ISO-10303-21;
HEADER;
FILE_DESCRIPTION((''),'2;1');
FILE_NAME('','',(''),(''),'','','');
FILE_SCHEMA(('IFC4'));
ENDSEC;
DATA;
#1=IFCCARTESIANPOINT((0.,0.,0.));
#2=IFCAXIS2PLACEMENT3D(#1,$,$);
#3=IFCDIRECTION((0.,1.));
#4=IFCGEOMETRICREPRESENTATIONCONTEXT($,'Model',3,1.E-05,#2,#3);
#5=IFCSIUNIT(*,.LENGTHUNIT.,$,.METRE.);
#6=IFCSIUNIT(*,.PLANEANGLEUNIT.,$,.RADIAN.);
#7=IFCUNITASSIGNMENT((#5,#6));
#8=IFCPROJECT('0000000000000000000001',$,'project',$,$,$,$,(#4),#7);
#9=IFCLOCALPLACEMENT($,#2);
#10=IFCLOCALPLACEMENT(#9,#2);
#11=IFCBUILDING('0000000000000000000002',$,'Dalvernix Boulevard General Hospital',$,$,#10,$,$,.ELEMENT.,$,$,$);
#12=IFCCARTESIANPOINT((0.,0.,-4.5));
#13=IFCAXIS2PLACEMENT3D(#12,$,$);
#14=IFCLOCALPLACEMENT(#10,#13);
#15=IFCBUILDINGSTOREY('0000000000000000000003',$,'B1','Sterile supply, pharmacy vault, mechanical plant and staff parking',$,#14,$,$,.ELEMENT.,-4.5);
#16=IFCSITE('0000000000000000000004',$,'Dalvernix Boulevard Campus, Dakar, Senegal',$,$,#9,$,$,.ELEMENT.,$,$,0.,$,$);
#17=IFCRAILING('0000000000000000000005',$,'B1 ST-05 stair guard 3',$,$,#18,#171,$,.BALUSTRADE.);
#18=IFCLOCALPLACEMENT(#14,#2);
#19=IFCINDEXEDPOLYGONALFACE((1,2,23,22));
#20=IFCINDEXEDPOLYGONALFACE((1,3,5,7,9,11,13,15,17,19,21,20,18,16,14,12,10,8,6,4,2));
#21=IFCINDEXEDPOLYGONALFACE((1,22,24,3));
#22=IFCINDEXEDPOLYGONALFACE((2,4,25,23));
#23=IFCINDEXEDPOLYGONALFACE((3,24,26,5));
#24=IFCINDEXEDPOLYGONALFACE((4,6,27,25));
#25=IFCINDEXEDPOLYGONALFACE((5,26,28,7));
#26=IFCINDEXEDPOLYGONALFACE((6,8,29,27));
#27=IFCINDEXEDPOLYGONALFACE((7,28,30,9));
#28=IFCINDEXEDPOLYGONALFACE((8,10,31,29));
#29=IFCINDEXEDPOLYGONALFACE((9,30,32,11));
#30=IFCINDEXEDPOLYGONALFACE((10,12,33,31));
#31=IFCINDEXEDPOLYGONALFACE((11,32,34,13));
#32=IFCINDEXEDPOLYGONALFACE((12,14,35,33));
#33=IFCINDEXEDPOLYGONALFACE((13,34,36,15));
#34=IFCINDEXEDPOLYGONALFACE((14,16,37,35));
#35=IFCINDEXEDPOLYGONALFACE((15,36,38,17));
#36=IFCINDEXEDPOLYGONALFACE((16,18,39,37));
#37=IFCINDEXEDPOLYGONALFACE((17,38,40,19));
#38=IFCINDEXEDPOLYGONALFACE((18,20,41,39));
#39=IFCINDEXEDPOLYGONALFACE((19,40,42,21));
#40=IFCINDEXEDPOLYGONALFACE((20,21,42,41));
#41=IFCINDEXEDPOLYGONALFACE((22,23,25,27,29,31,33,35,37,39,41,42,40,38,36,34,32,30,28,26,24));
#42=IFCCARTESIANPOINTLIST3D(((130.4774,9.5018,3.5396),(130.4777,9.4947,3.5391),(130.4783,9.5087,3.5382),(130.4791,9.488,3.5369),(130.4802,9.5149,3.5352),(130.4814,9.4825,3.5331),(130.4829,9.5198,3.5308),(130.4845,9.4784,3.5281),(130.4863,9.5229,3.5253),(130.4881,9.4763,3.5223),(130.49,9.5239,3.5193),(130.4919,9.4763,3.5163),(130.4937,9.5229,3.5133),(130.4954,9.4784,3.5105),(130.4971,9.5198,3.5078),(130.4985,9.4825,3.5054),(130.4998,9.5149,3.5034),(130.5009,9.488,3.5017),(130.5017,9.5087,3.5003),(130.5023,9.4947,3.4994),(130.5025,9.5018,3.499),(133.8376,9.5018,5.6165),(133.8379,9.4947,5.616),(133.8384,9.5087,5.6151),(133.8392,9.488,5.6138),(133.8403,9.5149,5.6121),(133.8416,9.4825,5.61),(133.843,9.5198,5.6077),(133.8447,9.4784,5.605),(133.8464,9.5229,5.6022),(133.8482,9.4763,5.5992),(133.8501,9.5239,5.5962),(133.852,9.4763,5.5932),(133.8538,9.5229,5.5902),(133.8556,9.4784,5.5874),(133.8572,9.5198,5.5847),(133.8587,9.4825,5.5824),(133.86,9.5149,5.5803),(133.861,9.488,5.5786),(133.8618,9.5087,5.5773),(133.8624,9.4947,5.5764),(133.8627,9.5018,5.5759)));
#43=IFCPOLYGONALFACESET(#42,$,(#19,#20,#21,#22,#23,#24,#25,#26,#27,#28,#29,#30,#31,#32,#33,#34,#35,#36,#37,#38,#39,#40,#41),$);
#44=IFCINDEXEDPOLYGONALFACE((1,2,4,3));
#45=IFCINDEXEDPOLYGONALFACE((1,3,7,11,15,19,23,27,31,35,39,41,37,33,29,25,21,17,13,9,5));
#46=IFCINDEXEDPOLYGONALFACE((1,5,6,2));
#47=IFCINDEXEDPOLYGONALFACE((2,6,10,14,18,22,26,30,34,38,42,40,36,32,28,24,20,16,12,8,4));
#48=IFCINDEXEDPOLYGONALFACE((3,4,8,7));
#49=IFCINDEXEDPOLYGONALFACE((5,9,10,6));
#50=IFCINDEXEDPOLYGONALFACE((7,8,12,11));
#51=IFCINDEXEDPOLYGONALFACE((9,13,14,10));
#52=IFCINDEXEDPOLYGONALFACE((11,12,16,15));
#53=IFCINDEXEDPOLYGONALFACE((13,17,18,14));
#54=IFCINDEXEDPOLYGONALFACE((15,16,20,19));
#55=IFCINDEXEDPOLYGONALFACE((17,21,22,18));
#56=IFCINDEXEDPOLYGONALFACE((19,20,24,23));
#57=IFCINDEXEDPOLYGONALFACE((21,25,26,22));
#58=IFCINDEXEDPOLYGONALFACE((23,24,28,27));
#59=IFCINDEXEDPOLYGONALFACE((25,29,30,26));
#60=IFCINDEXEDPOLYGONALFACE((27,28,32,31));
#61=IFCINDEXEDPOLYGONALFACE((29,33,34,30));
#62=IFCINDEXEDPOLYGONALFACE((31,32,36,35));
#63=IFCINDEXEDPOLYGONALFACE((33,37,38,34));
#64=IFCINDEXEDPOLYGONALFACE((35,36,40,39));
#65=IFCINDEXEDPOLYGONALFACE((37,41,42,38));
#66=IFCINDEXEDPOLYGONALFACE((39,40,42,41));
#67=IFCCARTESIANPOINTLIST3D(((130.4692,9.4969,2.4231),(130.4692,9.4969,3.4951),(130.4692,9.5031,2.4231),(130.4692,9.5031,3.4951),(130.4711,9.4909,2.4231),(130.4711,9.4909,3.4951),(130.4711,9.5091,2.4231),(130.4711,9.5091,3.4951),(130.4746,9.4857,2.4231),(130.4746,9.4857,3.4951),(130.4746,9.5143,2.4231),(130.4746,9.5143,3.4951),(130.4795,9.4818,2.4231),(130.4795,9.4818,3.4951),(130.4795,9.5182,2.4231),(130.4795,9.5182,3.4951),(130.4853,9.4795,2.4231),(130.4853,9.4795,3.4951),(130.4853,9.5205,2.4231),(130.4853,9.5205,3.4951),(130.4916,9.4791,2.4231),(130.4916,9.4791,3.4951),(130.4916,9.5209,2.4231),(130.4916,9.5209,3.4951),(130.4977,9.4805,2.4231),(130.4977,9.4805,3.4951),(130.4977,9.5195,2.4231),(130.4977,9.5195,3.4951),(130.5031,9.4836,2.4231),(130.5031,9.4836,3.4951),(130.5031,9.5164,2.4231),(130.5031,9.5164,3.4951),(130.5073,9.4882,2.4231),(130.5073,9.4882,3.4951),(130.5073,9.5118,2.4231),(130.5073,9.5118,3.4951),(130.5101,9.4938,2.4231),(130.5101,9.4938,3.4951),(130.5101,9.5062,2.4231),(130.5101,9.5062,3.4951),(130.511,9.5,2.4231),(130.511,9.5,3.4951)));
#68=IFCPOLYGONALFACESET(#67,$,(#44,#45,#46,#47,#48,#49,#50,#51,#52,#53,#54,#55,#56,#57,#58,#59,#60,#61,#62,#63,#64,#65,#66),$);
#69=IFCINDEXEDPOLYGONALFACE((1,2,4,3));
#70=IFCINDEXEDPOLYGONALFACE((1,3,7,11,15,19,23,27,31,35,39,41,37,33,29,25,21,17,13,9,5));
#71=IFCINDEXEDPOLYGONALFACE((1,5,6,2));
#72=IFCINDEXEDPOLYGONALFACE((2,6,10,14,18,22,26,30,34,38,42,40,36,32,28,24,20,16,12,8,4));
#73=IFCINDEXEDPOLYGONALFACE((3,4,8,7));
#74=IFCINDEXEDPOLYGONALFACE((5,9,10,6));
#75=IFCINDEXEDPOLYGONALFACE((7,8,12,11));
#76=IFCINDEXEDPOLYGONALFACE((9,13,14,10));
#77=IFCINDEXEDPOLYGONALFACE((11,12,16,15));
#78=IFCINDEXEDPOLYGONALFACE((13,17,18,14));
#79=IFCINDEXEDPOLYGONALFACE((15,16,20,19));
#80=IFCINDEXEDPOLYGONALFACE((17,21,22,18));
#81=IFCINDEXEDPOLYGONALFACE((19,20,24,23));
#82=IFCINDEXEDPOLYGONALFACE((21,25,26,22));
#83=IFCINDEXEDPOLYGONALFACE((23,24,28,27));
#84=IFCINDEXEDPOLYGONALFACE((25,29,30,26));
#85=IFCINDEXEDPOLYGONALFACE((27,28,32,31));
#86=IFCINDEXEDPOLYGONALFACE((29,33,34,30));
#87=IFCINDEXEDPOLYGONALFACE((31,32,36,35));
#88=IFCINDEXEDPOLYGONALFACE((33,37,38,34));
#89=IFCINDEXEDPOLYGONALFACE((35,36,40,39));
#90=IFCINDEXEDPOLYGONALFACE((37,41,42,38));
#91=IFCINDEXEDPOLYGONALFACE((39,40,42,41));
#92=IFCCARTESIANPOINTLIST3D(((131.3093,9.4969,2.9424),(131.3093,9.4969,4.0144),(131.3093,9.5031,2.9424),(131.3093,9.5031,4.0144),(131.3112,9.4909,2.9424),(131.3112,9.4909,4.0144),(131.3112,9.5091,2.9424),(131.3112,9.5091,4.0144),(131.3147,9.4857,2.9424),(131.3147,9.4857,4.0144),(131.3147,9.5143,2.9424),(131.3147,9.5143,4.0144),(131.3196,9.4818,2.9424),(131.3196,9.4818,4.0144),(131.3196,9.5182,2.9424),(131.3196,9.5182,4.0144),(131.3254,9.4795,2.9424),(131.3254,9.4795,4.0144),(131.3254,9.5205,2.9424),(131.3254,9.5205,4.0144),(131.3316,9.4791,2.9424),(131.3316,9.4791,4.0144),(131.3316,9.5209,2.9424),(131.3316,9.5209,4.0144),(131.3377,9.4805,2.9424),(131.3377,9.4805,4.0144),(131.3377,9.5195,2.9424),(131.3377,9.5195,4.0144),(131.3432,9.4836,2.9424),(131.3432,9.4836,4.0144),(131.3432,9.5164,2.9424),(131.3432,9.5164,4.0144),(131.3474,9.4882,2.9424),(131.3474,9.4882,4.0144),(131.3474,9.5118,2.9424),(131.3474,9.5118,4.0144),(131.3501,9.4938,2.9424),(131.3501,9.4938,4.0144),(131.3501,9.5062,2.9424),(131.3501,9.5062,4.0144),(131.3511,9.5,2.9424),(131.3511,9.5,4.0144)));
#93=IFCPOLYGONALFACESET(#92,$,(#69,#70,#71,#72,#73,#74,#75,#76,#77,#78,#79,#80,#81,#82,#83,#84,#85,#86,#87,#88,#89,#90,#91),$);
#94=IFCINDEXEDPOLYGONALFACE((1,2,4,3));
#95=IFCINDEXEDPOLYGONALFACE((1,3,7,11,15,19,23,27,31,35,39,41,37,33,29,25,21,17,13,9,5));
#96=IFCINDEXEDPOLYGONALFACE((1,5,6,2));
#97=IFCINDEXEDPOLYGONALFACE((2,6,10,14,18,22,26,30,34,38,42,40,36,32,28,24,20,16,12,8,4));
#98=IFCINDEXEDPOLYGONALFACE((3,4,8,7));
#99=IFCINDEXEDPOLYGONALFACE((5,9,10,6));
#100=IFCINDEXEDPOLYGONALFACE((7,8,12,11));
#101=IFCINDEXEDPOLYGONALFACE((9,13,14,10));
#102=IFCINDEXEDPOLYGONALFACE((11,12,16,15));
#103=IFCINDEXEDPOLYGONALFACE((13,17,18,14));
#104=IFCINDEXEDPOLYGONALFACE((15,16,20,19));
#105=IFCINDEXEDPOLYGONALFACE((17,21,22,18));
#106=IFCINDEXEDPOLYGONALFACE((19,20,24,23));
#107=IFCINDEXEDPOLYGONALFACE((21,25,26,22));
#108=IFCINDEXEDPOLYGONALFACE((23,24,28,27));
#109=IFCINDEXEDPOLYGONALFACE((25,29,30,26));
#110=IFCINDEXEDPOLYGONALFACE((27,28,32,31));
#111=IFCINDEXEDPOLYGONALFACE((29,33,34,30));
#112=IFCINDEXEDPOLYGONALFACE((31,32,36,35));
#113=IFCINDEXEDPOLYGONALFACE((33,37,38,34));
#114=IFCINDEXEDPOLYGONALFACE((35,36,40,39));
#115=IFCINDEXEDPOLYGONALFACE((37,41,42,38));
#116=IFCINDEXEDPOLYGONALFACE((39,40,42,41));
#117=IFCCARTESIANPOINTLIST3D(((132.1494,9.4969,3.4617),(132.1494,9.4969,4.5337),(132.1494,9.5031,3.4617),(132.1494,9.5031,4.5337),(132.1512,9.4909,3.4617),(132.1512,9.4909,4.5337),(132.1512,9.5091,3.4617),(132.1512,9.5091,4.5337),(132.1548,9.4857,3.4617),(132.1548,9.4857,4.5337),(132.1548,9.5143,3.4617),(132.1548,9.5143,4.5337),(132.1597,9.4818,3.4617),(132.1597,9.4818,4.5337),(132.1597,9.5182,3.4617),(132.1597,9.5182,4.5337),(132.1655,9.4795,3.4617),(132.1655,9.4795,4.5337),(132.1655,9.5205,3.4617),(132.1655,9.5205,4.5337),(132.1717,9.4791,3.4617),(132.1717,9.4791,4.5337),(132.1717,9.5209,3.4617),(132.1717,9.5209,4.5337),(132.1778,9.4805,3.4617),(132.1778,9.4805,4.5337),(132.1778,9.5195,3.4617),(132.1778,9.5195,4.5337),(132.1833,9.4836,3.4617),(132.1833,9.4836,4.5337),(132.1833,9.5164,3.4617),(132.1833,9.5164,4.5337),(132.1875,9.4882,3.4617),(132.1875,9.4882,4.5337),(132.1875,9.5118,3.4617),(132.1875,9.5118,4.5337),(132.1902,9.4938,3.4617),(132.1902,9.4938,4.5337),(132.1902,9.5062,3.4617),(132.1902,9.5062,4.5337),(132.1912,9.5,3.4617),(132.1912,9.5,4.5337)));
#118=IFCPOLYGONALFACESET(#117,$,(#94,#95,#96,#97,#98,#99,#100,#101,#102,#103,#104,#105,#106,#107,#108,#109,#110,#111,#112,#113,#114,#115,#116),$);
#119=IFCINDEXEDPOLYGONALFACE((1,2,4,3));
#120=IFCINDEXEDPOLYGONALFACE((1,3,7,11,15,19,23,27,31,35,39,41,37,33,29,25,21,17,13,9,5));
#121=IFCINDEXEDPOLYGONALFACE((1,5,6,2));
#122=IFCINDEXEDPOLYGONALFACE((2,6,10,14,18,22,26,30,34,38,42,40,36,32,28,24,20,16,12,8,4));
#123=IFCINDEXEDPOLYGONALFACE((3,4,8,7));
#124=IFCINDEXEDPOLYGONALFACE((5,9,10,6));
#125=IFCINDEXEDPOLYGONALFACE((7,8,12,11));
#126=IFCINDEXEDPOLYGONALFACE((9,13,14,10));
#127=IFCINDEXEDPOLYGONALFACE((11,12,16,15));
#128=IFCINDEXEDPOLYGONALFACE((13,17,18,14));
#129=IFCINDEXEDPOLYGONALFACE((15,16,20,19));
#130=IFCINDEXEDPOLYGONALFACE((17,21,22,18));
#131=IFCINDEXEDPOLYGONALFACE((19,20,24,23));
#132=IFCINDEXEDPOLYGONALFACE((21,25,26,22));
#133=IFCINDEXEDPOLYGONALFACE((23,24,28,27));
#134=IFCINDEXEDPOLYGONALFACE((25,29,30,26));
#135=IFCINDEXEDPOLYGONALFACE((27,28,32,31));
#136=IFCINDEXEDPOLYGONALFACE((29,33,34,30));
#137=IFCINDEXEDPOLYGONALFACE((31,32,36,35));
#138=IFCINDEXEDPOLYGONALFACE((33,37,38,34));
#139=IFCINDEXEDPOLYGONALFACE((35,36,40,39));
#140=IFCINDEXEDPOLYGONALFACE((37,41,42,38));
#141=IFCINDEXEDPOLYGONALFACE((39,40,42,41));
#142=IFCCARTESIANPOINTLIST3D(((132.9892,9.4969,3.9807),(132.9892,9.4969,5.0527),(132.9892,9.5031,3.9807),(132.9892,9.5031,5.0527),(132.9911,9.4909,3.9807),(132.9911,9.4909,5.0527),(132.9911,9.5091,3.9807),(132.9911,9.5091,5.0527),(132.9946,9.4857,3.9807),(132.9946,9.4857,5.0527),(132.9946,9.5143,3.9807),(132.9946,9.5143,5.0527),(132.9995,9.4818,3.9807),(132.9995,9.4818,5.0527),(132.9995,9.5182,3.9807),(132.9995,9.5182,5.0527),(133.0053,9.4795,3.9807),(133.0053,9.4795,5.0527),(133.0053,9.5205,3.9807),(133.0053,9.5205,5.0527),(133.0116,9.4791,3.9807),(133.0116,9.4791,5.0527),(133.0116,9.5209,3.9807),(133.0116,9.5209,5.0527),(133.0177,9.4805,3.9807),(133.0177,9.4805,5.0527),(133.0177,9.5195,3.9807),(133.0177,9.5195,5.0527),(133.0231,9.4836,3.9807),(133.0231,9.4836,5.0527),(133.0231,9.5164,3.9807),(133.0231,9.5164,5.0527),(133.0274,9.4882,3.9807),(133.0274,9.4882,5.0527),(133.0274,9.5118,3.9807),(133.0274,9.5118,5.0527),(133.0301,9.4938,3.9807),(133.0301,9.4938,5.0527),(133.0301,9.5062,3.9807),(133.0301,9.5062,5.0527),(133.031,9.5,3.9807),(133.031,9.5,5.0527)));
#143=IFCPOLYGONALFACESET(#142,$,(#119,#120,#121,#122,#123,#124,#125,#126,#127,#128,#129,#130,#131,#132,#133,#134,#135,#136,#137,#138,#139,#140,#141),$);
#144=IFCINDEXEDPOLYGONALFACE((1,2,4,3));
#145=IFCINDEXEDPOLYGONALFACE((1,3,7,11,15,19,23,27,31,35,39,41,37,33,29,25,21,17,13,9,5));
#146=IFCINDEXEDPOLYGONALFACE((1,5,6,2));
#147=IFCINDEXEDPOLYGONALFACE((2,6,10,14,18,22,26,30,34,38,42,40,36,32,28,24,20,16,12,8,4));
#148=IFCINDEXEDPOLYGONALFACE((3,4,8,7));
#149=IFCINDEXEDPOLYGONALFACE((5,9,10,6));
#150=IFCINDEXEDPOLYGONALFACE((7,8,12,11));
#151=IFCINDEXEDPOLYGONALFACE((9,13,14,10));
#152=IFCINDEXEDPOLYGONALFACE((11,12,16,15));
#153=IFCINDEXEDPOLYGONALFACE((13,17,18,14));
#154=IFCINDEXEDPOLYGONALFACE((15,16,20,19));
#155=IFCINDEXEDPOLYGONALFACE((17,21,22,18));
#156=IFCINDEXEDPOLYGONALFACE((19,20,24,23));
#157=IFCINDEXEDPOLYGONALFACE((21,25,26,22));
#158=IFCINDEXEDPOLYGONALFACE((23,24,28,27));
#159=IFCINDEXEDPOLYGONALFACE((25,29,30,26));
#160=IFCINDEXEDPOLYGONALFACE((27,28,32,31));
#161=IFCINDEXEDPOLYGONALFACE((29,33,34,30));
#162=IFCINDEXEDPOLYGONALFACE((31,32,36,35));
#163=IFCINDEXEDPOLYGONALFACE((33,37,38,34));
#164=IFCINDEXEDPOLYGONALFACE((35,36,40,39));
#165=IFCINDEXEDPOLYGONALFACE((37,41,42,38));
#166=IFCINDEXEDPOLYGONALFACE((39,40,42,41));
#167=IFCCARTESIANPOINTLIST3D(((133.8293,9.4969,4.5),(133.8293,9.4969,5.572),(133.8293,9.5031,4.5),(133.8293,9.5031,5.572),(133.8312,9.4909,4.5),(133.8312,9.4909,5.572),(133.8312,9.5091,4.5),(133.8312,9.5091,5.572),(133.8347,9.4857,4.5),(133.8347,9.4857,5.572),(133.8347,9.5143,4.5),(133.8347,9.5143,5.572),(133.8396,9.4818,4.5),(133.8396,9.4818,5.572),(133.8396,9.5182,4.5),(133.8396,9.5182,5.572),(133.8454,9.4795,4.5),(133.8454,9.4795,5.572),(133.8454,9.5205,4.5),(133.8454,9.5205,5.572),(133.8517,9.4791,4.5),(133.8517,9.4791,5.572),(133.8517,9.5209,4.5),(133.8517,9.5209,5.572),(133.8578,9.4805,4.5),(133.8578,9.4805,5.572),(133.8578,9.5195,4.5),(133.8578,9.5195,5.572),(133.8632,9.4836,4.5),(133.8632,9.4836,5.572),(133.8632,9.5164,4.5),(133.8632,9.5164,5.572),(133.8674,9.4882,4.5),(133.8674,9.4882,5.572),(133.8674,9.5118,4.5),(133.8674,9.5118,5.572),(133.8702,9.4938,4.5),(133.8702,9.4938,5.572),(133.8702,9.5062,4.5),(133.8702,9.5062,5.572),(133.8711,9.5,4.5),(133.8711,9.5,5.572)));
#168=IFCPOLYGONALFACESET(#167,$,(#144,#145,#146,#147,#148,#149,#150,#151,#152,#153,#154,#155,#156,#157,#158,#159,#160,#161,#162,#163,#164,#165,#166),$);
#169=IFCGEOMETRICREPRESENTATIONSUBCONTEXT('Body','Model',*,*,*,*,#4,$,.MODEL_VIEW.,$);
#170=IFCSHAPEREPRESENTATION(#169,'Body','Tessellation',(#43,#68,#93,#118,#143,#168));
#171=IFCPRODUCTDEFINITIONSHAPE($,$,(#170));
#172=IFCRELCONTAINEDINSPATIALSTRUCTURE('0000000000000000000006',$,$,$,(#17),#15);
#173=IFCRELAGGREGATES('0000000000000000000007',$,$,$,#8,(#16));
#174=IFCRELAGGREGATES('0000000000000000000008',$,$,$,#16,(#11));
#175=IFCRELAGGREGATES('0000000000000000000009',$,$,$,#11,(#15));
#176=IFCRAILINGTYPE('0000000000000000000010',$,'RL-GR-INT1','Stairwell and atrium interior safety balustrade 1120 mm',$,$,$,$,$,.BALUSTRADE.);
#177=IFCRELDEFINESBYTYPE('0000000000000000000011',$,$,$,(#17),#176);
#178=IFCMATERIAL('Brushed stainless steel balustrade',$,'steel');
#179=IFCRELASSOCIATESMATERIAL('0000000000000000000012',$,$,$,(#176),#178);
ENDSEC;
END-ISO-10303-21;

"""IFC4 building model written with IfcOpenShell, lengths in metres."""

from ifc_helpers import new_model, si_unit, direction, frame, origin, origin_2d, place, context, subcontext, project, spatial, circle, extrude, material, type_object, element, save


model = new_model("IFC4")

# Units and contexts
model_context = context("Model", 3, precision=1e-05, world=origin(), true_north=direction((0.0, 1.0)))
body_context = subcontext(model_context, "Body", "Model", "MODEL_VIEW")
ifc_project = project(units=[si_unit("LENGTHUNIT", "METRE"), si_unit("PLANEANGLEUNIT", "RADIAN")], contexts=[model_context])

# Site, building, storey
site_placement = place(None, origin())
site = spatial("IfcSite", under=ifc_project, at=site_placement, Name="Dalvernix Boulevard Campus, Dakar, Senegal", CompositionType="ELEMENT", RefElevation=0.0)
building_placement = place(site_placement, origin())
building = spatial("IfcBuilding", under=site, at=building_placement, Name="Dalvernix Boulevard General Hospital", CompositionType="ELEMENT")
storey_placement = place(building_placement, frame((0.0, 0.0, -4.5)))
storey = spatial("IfcBuildingStorey", under=building, at=storey_placement, Name="B1", Description="Sterile supply, pharmacy vault, mechanical plant and staff parking", CompositionType="ELEMENT", Elevation=-4.5)

# Railing
ifc_material_1 = material(Name="Brushed stainless steel balustrade", Category="steel")
railing_type_1 = type_object("IfcRailingType", Name="RL-GR-INT1", Description="Stairwell and atrium interior safety balustrade 1120 mm", PredefinedType="BALUSTRADE", material=ifc_material_1)
railing_1_placement = place(storey_placement, frame((130.49, 9.5, 2.4231)))
element("IfcRailing", 1, at=railing_1_placement, inside=storey, type_object=railing_type_1, Name="B1 ST-05 stair guard 3", PredefinedType="BALUSTRADE", context=body_context, shape_type="SweptSolid", body=[
    extrude(circle(Radius=0.0239, at=origin_2d()), frame((0.0, 0.0, 1.0962), z_axis=(0.850623, 0.0, 0.525776), x_axis=(0.0, 1.0, 0.0)), (0.0, 0.0, 1.0), 3.9502),
    extrude(circle(Radius=0.021, at=origin_2d()), origin(), (0.0, 0.0, 1.0), 1.072),
    extrude(circle(Radius=0.021, at=origin_2d()), frame((0.8401, 0.0, 0.5193)), (0.0, 0.0, 1.0), 1.072),
    extrude(circle(Radius=0.021, at=origin_2d()), frame((1.6802, 0.0, 1.0386)), (0.0, 0.0, 1.0), 1.072),
    extrude(circle(Radius=0.021, at=origin_2d()), frame((2.52, 0.0, 1.5576)), (0.0, 0.0, 1.0), 1.072),
    extrude(circle(Radius=0.021, at=origin_2d()), frame((3.3601, 0.0, 2.0769)), (0.0, 0.0, 1.0), 1.072),
])

save(model, "model.ifc")
